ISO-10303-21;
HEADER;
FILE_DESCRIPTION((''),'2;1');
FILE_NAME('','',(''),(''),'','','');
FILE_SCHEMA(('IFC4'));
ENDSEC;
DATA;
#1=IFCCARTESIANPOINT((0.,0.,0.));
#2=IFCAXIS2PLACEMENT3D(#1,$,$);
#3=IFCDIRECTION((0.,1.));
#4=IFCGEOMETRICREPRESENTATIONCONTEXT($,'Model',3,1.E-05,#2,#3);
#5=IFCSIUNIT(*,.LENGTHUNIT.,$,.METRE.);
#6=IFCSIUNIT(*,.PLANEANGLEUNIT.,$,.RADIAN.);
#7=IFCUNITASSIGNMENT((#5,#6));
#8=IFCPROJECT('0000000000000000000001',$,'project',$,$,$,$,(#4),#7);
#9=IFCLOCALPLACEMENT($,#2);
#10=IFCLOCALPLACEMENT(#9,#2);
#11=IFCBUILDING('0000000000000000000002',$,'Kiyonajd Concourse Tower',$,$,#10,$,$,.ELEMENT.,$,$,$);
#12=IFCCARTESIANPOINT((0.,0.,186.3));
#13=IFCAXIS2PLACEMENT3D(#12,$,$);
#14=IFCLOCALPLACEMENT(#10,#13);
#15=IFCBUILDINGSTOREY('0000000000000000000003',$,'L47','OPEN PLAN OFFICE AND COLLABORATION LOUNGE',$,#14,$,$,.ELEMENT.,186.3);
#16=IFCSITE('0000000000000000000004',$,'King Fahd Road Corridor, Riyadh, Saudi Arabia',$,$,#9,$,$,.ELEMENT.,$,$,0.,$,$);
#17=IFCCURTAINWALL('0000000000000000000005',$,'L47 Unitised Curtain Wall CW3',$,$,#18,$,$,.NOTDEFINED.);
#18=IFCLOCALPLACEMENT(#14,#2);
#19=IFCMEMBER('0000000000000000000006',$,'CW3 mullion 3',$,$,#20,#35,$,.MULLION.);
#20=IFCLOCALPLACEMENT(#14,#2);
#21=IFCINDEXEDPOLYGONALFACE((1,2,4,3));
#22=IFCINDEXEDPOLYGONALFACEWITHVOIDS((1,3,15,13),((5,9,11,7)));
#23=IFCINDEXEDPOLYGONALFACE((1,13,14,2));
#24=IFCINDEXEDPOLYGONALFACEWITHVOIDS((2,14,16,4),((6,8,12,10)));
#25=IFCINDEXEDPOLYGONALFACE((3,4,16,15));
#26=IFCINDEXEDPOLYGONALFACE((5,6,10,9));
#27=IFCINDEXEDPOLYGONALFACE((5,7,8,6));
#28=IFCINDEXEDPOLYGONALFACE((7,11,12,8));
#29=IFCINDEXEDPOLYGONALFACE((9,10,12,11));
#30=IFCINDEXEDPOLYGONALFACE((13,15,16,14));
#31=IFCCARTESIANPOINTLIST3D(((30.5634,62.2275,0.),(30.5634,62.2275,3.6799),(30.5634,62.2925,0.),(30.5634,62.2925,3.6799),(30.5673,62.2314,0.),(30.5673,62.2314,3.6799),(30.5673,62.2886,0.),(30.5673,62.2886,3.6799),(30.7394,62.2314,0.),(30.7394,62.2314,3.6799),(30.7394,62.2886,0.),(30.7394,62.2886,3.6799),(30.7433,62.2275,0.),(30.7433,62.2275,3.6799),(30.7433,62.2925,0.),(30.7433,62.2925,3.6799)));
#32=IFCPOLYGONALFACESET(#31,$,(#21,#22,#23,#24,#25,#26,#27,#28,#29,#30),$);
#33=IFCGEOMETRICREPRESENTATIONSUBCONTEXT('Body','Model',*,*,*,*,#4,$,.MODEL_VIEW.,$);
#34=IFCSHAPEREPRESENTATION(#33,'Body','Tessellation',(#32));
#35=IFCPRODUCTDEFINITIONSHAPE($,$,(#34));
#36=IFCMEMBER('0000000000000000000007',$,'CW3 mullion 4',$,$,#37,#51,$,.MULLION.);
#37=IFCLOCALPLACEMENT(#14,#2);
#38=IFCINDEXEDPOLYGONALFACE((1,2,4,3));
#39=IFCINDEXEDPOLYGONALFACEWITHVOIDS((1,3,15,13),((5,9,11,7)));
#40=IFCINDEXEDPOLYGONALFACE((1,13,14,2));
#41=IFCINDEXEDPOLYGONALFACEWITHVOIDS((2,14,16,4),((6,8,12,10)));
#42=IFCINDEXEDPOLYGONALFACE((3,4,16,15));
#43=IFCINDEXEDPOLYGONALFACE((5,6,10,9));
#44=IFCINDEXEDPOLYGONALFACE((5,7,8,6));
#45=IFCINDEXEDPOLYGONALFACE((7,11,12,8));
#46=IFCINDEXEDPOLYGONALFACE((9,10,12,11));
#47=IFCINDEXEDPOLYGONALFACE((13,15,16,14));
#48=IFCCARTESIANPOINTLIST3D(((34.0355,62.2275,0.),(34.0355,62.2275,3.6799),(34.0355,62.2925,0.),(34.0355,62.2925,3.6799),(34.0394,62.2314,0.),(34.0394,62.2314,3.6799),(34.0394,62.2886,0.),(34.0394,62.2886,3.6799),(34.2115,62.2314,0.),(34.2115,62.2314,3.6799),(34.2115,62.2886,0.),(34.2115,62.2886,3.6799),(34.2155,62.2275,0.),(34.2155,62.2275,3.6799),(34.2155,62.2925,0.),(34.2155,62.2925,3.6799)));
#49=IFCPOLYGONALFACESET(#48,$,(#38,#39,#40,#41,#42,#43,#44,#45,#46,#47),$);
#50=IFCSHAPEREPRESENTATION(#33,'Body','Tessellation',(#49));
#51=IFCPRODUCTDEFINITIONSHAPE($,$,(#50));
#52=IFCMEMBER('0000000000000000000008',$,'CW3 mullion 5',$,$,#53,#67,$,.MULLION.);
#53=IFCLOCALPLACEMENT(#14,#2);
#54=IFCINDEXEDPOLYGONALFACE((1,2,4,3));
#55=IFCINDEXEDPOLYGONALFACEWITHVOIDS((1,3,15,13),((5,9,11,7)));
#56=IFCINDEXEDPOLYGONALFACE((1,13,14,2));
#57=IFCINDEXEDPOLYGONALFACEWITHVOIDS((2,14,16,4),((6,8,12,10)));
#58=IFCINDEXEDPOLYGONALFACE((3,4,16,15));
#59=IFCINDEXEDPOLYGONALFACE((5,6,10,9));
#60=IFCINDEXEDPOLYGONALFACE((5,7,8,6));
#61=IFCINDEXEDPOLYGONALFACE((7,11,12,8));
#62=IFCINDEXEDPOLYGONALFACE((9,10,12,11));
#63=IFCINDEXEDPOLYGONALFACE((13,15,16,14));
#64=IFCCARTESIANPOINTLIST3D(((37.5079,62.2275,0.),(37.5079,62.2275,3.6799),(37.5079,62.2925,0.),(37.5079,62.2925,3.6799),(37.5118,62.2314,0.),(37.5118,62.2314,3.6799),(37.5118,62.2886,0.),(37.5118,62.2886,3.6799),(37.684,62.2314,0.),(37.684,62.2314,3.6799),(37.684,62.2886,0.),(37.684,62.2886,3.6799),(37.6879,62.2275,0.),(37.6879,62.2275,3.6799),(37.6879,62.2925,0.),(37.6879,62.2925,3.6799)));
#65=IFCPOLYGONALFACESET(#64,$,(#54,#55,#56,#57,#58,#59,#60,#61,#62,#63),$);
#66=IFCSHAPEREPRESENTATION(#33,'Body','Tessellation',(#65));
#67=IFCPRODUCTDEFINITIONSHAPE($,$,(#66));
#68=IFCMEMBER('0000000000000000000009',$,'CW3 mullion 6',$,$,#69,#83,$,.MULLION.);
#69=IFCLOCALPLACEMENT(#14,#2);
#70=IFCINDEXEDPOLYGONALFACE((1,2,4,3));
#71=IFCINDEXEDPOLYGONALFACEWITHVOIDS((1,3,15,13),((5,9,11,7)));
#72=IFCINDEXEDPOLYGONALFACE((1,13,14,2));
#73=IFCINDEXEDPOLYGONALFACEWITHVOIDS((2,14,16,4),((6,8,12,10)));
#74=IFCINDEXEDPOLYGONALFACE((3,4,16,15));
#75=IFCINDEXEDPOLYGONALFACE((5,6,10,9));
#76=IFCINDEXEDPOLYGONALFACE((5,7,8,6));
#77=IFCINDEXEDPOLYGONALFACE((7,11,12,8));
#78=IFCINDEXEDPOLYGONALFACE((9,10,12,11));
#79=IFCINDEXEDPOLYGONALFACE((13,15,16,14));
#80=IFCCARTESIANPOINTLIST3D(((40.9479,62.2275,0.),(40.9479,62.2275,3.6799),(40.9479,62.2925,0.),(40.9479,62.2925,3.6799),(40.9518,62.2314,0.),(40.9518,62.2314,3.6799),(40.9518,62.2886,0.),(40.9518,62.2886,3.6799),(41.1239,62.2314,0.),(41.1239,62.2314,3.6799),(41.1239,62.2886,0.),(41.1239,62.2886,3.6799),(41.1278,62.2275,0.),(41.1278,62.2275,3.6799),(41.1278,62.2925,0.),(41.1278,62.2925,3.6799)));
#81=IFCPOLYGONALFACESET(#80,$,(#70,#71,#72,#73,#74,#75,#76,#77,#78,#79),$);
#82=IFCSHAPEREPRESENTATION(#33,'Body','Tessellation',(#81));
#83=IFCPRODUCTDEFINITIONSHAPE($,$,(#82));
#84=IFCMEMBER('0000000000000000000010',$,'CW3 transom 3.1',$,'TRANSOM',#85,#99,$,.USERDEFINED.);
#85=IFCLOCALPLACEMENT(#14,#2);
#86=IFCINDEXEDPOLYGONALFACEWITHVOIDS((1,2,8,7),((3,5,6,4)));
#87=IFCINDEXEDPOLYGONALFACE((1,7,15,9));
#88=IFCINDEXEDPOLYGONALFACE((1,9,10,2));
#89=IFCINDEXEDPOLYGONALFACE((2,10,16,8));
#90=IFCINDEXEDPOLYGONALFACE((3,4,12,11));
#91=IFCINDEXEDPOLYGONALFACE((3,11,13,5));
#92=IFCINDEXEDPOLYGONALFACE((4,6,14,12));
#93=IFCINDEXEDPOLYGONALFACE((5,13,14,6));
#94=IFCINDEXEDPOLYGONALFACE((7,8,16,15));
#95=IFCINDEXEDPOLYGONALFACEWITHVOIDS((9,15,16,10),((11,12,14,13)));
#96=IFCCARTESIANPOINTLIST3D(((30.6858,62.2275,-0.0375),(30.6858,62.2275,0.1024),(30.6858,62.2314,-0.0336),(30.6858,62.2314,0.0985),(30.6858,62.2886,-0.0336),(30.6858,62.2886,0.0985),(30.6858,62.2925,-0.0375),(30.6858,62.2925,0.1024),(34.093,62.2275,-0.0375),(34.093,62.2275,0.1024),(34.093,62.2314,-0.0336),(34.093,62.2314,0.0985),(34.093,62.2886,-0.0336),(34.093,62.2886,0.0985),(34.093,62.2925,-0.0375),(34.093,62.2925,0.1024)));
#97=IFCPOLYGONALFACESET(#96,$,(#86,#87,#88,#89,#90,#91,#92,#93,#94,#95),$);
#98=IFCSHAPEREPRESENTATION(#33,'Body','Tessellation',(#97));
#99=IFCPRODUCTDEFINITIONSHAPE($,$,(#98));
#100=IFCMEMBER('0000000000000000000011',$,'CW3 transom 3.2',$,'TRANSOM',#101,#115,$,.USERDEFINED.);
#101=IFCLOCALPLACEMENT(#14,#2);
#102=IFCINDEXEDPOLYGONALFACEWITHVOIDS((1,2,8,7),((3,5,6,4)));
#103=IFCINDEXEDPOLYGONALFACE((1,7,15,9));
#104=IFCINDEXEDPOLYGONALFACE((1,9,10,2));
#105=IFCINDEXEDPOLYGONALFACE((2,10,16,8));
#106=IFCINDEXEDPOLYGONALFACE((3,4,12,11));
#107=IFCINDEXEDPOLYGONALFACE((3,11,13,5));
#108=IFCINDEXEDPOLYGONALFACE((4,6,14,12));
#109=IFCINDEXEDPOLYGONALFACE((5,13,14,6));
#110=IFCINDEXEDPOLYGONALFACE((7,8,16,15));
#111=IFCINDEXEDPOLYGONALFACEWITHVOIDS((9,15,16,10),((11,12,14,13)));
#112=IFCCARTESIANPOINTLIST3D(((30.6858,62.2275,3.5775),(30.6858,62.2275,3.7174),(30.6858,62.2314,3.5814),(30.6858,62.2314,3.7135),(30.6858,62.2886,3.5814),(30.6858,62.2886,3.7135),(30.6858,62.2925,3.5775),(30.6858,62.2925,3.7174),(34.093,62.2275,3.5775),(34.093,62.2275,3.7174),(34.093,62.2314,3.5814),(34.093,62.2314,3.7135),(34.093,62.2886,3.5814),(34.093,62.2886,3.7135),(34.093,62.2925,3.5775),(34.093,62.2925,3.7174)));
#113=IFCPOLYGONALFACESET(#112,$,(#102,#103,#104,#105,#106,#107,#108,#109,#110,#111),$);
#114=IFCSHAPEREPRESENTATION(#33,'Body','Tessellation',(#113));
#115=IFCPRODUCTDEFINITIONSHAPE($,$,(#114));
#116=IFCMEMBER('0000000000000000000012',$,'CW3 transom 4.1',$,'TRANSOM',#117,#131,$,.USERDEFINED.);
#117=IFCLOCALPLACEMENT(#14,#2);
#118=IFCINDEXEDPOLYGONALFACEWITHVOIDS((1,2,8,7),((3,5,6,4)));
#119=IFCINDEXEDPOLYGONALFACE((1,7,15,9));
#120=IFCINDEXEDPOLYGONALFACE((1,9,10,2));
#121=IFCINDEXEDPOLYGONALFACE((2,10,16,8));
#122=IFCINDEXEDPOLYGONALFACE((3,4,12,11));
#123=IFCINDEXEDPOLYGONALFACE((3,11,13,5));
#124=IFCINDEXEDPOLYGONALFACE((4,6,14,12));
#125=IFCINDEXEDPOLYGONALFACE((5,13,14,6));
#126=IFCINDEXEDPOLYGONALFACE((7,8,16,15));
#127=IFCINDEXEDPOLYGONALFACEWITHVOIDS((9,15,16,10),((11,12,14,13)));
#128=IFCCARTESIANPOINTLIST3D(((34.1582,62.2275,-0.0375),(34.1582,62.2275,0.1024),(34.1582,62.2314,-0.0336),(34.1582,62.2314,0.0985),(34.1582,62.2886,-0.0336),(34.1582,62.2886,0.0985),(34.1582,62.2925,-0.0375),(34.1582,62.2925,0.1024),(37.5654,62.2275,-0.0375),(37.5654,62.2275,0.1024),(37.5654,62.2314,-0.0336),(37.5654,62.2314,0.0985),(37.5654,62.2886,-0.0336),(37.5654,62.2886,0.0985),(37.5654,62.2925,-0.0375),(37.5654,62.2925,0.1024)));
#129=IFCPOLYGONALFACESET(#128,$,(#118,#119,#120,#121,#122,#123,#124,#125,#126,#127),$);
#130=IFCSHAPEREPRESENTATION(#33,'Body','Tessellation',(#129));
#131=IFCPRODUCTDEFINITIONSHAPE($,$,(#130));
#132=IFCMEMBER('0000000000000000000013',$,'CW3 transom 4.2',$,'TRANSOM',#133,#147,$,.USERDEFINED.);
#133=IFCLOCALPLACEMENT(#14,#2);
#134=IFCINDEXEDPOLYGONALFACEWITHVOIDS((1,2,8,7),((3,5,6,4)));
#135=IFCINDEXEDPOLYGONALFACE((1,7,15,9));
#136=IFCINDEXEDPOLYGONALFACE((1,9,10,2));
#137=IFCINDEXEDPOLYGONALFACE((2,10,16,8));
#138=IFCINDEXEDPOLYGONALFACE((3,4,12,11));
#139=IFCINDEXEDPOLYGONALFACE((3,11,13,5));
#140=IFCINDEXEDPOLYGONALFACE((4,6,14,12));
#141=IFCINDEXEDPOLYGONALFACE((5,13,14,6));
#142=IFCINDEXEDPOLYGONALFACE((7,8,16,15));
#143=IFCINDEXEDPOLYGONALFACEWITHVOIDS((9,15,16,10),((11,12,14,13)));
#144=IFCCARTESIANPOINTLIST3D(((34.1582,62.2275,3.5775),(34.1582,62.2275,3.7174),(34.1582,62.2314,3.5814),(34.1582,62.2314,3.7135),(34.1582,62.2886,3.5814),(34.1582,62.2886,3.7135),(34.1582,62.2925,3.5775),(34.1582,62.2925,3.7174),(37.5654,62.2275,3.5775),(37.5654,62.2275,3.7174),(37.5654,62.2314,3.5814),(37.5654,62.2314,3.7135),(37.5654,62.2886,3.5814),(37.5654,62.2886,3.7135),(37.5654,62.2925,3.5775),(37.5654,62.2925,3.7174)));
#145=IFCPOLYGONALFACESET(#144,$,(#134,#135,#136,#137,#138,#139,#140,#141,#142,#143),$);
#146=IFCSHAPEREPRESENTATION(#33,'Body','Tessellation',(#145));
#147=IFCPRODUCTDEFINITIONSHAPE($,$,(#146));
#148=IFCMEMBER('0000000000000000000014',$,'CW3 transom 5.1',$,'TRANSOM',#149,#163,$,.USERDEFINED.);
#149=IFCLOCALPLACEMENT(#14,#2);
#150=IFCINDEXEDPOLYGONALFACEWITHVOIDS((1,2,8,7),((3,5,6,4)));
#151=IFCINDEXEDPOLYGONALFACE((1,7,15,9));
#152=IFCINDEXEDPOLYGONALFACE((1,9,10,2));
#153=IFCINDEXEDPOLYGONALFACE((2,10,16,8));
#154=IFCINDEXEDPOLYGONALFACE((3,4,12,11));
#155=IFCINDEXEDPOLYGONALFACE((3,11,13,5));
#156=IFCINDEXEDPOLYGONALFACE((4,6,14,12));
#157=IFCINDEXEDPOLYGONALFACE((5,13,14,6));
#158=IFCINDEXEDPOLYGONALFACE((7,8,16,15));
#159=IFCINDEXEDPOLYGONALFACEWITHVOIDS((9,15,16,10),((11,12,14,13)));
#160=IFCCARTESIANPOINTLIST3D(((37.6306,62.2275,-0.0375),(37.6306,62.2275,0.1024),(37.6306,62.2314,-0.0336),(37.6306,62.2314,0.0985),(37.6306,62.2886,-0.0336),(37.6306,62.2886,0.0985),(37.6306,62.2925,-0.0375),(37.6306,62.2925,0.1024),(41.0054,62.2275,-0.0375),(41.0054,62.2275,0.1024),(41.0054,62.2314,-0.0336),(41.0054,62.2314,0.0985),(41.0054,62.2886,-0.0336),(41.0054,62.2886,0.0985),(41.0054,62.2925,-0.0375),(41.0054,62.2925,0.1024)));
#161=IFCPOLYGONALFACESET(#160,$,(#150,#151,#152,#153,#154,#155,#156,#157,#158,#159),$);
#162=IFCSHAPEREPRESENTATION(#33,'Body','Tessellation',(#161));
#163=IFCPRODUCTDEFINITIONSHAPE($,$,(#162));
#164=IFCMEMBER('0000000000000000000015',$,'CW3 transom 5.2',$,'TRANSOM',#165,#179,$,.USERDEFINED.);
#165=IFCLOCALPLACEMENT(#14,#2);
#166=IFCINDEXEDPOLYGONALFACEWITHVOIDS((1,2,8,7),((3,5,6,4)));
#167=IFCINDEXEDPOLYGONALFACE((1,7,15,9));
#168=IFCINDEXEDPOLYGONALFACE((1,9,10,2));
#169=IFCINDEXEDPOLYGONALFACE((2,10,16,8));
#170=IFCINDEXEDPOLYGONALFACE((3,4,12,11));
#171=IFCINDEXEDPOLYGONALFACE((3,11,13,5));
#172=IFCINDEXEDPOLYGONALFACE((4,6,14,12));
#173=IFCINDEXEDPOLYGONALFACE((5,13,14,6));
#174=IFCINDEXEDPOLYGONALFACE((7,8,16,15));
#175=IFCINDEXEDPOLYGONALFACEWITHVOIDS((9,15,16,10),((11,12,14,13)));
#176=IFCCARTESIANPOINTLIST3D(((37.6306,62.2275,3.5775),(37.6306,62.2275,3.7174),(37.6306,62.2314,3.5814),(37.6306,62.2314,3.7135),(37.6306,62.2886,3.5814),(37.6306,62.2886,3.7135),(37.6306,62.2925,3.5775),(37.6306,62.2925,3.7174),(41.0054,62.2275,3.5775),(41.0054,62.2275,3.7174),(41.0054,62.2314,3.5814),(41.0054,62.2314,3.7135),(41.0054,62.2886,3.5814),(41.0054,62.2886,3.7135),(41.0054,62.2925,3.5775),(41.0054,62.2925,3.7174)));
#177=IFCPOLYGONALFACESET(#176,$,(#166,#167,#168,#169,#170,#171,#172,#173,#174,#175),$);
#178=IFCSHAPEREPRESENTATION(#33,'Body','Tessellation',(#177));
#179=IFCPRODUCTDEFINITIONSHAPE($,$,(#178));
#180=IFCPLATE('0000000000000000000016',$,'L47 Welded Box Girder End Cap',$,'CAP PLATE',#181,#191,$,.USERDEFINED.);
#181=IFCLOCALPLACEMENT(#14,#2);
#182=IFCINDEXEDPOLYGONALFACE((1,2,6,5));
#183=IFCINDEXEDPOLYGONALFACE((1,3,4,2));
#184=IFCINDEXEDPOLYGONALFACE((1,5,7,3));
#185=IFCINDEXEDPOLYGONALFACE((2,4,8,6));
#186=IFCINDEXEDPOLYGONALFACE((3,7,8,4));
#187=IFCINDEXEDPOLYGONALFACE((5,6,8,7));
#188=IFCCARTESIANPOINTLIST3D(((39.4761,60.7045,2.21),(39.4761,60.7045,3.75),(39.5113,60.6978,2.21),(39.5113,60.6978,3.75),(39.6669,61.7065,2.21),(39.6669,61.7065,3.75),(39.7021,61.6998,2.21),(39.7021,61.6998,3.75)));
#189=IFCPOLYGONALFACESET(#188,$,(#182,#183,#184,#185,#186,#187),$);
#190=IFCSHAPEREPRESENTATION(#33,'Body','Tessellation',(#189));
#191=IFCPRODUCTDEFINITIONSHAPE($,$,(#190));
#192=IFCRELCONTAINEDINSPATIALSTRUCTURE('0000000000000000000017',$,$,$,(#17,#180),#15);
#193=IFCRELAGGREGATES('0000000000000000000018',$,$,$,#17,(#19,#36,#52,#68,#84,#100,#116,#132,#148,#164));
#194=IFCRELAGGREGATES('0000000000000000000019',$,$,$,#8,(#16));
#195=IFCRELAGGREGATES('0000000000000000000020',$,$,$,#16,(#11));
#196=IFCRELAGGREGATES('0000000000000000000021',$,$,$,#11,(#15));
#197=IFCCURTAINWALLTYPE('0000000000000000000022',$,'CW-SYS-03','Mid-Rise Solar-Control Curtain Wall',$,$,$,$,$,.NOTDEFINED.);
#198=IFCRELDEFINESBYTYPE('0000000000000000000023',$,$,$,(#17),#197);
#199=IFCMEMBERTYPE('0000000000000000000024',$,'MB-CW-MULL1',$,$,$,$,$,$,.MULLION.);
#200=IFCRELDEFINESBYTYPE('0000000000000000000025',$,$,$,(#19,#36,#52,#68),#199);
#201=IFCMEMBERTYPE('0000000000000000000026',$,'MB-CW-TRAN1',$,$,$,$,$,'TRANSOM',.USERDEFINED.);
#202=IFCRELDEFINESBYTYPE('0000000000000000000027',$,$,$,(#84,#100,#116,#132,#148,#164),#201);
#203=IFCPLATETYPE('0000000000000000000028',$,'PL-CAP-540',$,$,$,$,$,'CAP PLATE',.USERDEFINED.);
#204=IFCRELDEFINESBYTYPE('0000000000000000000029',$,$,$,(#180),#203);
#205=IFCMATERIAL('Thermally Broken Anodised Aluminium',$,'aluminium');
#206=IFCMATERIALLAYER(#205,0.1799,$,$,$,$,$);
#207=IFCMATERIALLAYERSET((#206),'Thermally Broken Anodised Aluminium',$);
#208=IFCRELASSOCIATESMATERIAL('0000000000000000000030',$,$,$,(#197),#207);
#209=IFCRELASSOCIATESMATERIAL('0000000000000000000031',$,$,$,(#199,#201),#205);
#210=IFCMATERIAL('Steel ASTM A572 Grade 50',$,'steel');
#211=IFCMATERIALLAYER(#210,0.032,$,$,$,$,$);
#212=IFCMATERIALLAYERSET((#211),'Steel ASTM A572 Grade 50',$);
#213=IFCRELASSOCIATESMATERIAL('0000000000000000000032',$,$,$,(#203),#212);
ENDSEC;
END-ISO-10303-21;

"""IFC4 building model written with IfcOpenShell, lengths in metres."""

from ifc_helpers import new_model, si_unit, direction, frame, origin, origin_2d, place, context, subcontext, project, spatial, rectangle, hollow_rectangle, extrude, material, layer, layer_set, material_profile, profile_set, type_object, element, aggregate, save


model = new_model("IFC4")

# Units and contexts
model_context = context("Model", 3, precision=1e-05, world=origin(), true_north=direction((0.0, 1.0)))
body_context = subcontext(model_context, "Body", "Model", "MODEL_VIEW")
ifc_project = project(units=[si_unit("LENGTHUNIT", "METRE"), si_unit("PLANEANGLEUNIT", "RADIAN")], contexts=[model_context])

# Site, building, storey
site_placement = place(None, origin())
site = spatial("IfcSite", under=ifc_project, at=site_placement, Name="King Fahd Road Corridor, Riyadh, Saudi Arabia", CompositionType="ELEMENT", RefElevation=0.0)
building_placement = place(site_placement, origin())
building = spatial("IfcBuilding", under=site, at=building_placement, Name="Kiyonajd Concourse Tower", CompositionType="ELEMENT")
storey_placement = place(building_placement, frame((0.0, 0.0, 186.3)))
storey = spatial("IfcBuildingStorey", under=building, at=storey_placement, Name="L47", Description="OPEN PLAN OFFICE AND COLLABORATION LOUNGE", CompositionType="ELEMENT", Elevation=186.3)

# Curtain wall, members
ifc_material_1 = material(Name="Thermally Broken Anodised Aluminium", Category="aluminium")
ifc_layer_1 = layer(ifc_material_1, 0.1799)
ifc_layer_set_1 = layer_set([ifc_layer_1], Name="Thermally Broken Anodised Aluminium")
curtain_wall_type = type_object("IfcCurtainWallType", Name="CW-SYS-03", Description="Mid-Rise Solar-Control Curtain Wall", PredefinedType="NOTDEFINED", material=ifc_layer_set_1)
curtain_wall_placement = place(storey_placement, origin())
curtain_wall = element("IfcCurtainWall", 1, at=curtain_wall_placement, inside=storey, type_object=curtain_wall_type, Name="L47 Unitised Curtain Wall CW3", PredefinedType="NOTDEFINED")
ifc_material_profile_1 = material_profile(ifc_material_1, hollow_rectangle(XDim=0.0649, YDim=0.1799, WallThickness=0.0039, at=origin_2d()), Name="MULL-65x180")
ifc_profile_set_1 = profile_set([ifc_material_profile_1], Name="Thermally Broken Anodised Aluminium")
member_type_1 = type_object("IfcMemberType", Name="MB-CW-MULL1", PredefinedType="MULLION", material=ifc_profile_set_1)
member_1_placement = place(storey_placement, frame((30.6533, 62.26, 0.0), z_axis=(0.0, 0.0, 1.0), x_axis=(0.0, 1.0, 0.0)))
member_1 = element("IfcMember", 2, at=member_1_placement, type_object=member_type_1, Name="CW3 mullion 3", PredefinedType="MULLION", context=body_context, shape_type="SweptSolid", body=[
    extrude(hollow_rectangle(XDim=0.0649, YDim=0.1799, WallThickness=0.0039, at=origin_2d()), origin(), (0.0, 0.0, 1.0), 3.6799),
])
member_2_placement = place(storey_placement, frame((34.1255, 62.26, 0.0), z_axis=(0.0, 0.0, 1.0), x_axis=(0.0, 1.0, 0.0)))
member_2 = element("IfcMember", 3, at=member_2_placement, type_object=member_type_1, Name="CW3 mullion 4", PredefinedType="MULLION", context=body_context, shape_type="SweptSolid", body=[
    extrude(hollow_rectangle(XDim=0.0649, YDim=0.1799, WallThickness=0.0039, at=origin_2d()), origin(), (0.0, 0.0, 1.0), 3.6799),
])
member_3_placement = place(storey_placement, frame((37.5979, 62.26, 0.0), z_axis=(0.0, 0.0, 1.0), x_axis=(0.0, 1.0, 0.0)))
member_3 = element("IfcMember", 4, at=member_3_placement, type_object=member_type_1, Name="CW3 mullion 5", PredefinedType="MULLION", context=body_context, shape_type="SweptSolid", body=[
    extrude(hollow_rectangle(XDim=0.0649, YDim=0.1799, WallThickness=0.0039, at=origin_2d()), origin(), (0.0, 0.0, 1.0), 3.6799),
])
member_4_placement = place(storey_placement, frame((41.0378, 62.26, 0.0), z_axis=(0.0, 0.0, 1.0), x_axis=(0.0, 1.0, 0.0)))
member_4 = element("IfcMember", 5, at=member_4_placement, type_object=member_type_1, Name="CW3 mullion 6", PredefinedType="MULLION", context=body_context, shape_type="SweptSolid", body=[
    extrude(hollow_rectangle(XDim=0.0649, YDim=0.1799, WallThickness=0.0039, at=origin_2d()), origin(), (0.0, 0.0, 1.0), 3.6799),
])
ifc_material_profile_2 = material_profile(ifc_material_1, hollow_rectangle(XDim=0.0649, YDim=0.1399, WallThickness=0.0039, at=origin_2d()), Name="TRAN-65x140")
ifc_profile_set_2 = profile_set([ifc_material_profile_2], Name="Thermally Broken Anodised Aluminium")
member_type_2 = type_object("IfcMemberType", Name="MB-CW-TRAN1", ElementType="TRANSOM", PredefinedType="USERDEFINED", material=ifc_profile_set_2)
member_5_placement = place(storey_placement, frame((30.6858, 62.26, 0.0325), z_axis=(1.0, 0.0, 0.0), x_axis=(0.0, 1.0, 0.0)))
member_5 = element("IfcMember", 6, at=member_5_placement, type_object=member_type_2, Name="CW3 transom 3.1", ObjectType="TRANSOM", PredefinedType="USERDEFINED", context=body_context, shape_type="SweptSolid", body=[
    extrude(hollow_rectangle(XDim=0.0649, YDim=0.1399, WallThickness=0.0039, at=origin_2d()), origin(), (0.0, 0.0, 1.0), 3.4072),
])
member_6_placement = place(storey_placement, frame((30.6858, 62.26, 3.6475), z_axis=(1.0, 0.0, 0.0), x_axis=(0.0, 1.0, 0.0)))
member_6 = element("IfcMember", 7, at=member_6_placement, type_object=member_type_2, Name="CW3 transom 3.2", ObjectType="TRANSOM", PredefinedType="USERDEFINED", context=body_context, shape_type="SweptSolid", body=[
    extrude(hollow_rectangle(XDim=0.0649, YDim=0.1399, WallThickness=0.0039, at=origin_2d()), origin(), (0.0, 0.0, 1.0), 3.4072),
])
member_7_placement = place(storey_placement, frame((34.1582, 62.26, 0.0325), z_axis=(1.0, 0.0, 0.0), x_axis=(0.0, 1.0, 0.0)))
member_7 = element("IfcMember", 8, at=member_7_placement, type_object=member_type_2, Name="CW3 transom 4.1", ObjectType="TRANSOM", PredefinedType="USERDEFINED", context=body_context, shape_type="SweptSolid", body=[
    extrude(hollow_rectangle(XDim=0.0649, YDim=0.1399, WallThickness=0.0039, at=origin_2d()), origin(), (0.0, 0.0, 1.0), 3.4072),
])
member_8_placement = place(storey_placement, frame((34.1582, 62.26, 3.6475), z_axis=(1.0, 0.0, 0.0), x_axis=(0.0, 1.0, 0.0)))
member_8 = element("IfcMember", 9, at=member_8_placement, type_object=member_type_2, Name="CW3 transom 4.2", ObjectType="TRANSOM", PredefinedType="USERDEFINED", context=body_context, shape_type="SweptSolid", body=[
    extrude(hollow_rectangle(XDim=0.0649, YDim=0.1399, WallThickness=0.0039, at=origin_2d()), origin(), (0.0, 0.0, 1.0), 3.4072),
])
member_9_placement = place(storey_placement, frame((37.6306, 62.26, 0.0325), z_axis=(1.0, 0.0, 0.0), x_axis=(0.0, 1.0, 0.0)))
member_9 = element("IfcMember", 10, at=member_9_placement, type_object=member_type_2, Name="CW3 transom 5.1", ObjectType="TRANSOM", PredefinedType="USERDEFINED", context=body_context, shape_type="SweptSolid", body=[
    extrude(hollow_rectangle(XDim=0.0649, YDim=0.1399, WallThickness=0.0039, at=origin_2d()), origin(), (0.0, 0.0, 1.0), 3.3748),
])
member_10_placement = place(storey_placement, frame((37.6306, 62.26, 3.6475), z_axis=(1.0, 0.0, 0.0), x_axis=(0.0, 1.0, 0.0)))
member_10 = element("IfcMember", 11, at=member_10_placement, type_object=member_type_2, Name="CW3 transom 5.2", ObjectType="TRANSOM", PredefinedType="USERDEFINED", context=body_context, shape_type="SweptSolid", body=[
    extrude(hollow_rectangle(XDim=0.0649, YDim=0.1399, WallThickness=0.0039, at=origin_2d()), origin(), (0.0, 0.0, 1.0), 3.3748),
])

# Plate
ifc_material_2 = material(Name="Steel ASTM A572 Grade 50", Category="steel")
ifc_layer_2 = layer(ifc_material_2, 0.032)
ifc_layer_set_2 = layer_set([ifc_layer_2], Name="Steel ASTM A572 Grade 50")
plate_type_1 = type_object("IfcPlateType", Name="PL-CAP-540", ElementType="CAP PLATE", PredefinedType="USERDEFINED", material=ifc_layer_set_2)
plate_1_placement = place(storey_placement, frame((39.5891, 61.2021, 2.21), z_axis=(0.0, 0.0, 1.0), x_axis=(-0.982353, 0.187038, 0.0)))
element("IfcPlate", 12, at=plate_1_placement, inside=storey, type_object=plate_type_1, Name="L47 Welded Box Girder End Cap", ObjectType="CAP PLATE", PredefinedType="USERDEFINED", context=body_context, shape_type="SweptSolid", body=[
    extrude(rectangle(XDim=0.0359, YDim=1.02, at=origin_2d()), origin(), (0.0, 0.0, 1.0), 1.54),
])
aggregate(curtain_wall, [member_1, member_2, member_3, member_4, member_5, member_6, member_7, member_8, member_9, member_10])

save(model, "model.ifc")
